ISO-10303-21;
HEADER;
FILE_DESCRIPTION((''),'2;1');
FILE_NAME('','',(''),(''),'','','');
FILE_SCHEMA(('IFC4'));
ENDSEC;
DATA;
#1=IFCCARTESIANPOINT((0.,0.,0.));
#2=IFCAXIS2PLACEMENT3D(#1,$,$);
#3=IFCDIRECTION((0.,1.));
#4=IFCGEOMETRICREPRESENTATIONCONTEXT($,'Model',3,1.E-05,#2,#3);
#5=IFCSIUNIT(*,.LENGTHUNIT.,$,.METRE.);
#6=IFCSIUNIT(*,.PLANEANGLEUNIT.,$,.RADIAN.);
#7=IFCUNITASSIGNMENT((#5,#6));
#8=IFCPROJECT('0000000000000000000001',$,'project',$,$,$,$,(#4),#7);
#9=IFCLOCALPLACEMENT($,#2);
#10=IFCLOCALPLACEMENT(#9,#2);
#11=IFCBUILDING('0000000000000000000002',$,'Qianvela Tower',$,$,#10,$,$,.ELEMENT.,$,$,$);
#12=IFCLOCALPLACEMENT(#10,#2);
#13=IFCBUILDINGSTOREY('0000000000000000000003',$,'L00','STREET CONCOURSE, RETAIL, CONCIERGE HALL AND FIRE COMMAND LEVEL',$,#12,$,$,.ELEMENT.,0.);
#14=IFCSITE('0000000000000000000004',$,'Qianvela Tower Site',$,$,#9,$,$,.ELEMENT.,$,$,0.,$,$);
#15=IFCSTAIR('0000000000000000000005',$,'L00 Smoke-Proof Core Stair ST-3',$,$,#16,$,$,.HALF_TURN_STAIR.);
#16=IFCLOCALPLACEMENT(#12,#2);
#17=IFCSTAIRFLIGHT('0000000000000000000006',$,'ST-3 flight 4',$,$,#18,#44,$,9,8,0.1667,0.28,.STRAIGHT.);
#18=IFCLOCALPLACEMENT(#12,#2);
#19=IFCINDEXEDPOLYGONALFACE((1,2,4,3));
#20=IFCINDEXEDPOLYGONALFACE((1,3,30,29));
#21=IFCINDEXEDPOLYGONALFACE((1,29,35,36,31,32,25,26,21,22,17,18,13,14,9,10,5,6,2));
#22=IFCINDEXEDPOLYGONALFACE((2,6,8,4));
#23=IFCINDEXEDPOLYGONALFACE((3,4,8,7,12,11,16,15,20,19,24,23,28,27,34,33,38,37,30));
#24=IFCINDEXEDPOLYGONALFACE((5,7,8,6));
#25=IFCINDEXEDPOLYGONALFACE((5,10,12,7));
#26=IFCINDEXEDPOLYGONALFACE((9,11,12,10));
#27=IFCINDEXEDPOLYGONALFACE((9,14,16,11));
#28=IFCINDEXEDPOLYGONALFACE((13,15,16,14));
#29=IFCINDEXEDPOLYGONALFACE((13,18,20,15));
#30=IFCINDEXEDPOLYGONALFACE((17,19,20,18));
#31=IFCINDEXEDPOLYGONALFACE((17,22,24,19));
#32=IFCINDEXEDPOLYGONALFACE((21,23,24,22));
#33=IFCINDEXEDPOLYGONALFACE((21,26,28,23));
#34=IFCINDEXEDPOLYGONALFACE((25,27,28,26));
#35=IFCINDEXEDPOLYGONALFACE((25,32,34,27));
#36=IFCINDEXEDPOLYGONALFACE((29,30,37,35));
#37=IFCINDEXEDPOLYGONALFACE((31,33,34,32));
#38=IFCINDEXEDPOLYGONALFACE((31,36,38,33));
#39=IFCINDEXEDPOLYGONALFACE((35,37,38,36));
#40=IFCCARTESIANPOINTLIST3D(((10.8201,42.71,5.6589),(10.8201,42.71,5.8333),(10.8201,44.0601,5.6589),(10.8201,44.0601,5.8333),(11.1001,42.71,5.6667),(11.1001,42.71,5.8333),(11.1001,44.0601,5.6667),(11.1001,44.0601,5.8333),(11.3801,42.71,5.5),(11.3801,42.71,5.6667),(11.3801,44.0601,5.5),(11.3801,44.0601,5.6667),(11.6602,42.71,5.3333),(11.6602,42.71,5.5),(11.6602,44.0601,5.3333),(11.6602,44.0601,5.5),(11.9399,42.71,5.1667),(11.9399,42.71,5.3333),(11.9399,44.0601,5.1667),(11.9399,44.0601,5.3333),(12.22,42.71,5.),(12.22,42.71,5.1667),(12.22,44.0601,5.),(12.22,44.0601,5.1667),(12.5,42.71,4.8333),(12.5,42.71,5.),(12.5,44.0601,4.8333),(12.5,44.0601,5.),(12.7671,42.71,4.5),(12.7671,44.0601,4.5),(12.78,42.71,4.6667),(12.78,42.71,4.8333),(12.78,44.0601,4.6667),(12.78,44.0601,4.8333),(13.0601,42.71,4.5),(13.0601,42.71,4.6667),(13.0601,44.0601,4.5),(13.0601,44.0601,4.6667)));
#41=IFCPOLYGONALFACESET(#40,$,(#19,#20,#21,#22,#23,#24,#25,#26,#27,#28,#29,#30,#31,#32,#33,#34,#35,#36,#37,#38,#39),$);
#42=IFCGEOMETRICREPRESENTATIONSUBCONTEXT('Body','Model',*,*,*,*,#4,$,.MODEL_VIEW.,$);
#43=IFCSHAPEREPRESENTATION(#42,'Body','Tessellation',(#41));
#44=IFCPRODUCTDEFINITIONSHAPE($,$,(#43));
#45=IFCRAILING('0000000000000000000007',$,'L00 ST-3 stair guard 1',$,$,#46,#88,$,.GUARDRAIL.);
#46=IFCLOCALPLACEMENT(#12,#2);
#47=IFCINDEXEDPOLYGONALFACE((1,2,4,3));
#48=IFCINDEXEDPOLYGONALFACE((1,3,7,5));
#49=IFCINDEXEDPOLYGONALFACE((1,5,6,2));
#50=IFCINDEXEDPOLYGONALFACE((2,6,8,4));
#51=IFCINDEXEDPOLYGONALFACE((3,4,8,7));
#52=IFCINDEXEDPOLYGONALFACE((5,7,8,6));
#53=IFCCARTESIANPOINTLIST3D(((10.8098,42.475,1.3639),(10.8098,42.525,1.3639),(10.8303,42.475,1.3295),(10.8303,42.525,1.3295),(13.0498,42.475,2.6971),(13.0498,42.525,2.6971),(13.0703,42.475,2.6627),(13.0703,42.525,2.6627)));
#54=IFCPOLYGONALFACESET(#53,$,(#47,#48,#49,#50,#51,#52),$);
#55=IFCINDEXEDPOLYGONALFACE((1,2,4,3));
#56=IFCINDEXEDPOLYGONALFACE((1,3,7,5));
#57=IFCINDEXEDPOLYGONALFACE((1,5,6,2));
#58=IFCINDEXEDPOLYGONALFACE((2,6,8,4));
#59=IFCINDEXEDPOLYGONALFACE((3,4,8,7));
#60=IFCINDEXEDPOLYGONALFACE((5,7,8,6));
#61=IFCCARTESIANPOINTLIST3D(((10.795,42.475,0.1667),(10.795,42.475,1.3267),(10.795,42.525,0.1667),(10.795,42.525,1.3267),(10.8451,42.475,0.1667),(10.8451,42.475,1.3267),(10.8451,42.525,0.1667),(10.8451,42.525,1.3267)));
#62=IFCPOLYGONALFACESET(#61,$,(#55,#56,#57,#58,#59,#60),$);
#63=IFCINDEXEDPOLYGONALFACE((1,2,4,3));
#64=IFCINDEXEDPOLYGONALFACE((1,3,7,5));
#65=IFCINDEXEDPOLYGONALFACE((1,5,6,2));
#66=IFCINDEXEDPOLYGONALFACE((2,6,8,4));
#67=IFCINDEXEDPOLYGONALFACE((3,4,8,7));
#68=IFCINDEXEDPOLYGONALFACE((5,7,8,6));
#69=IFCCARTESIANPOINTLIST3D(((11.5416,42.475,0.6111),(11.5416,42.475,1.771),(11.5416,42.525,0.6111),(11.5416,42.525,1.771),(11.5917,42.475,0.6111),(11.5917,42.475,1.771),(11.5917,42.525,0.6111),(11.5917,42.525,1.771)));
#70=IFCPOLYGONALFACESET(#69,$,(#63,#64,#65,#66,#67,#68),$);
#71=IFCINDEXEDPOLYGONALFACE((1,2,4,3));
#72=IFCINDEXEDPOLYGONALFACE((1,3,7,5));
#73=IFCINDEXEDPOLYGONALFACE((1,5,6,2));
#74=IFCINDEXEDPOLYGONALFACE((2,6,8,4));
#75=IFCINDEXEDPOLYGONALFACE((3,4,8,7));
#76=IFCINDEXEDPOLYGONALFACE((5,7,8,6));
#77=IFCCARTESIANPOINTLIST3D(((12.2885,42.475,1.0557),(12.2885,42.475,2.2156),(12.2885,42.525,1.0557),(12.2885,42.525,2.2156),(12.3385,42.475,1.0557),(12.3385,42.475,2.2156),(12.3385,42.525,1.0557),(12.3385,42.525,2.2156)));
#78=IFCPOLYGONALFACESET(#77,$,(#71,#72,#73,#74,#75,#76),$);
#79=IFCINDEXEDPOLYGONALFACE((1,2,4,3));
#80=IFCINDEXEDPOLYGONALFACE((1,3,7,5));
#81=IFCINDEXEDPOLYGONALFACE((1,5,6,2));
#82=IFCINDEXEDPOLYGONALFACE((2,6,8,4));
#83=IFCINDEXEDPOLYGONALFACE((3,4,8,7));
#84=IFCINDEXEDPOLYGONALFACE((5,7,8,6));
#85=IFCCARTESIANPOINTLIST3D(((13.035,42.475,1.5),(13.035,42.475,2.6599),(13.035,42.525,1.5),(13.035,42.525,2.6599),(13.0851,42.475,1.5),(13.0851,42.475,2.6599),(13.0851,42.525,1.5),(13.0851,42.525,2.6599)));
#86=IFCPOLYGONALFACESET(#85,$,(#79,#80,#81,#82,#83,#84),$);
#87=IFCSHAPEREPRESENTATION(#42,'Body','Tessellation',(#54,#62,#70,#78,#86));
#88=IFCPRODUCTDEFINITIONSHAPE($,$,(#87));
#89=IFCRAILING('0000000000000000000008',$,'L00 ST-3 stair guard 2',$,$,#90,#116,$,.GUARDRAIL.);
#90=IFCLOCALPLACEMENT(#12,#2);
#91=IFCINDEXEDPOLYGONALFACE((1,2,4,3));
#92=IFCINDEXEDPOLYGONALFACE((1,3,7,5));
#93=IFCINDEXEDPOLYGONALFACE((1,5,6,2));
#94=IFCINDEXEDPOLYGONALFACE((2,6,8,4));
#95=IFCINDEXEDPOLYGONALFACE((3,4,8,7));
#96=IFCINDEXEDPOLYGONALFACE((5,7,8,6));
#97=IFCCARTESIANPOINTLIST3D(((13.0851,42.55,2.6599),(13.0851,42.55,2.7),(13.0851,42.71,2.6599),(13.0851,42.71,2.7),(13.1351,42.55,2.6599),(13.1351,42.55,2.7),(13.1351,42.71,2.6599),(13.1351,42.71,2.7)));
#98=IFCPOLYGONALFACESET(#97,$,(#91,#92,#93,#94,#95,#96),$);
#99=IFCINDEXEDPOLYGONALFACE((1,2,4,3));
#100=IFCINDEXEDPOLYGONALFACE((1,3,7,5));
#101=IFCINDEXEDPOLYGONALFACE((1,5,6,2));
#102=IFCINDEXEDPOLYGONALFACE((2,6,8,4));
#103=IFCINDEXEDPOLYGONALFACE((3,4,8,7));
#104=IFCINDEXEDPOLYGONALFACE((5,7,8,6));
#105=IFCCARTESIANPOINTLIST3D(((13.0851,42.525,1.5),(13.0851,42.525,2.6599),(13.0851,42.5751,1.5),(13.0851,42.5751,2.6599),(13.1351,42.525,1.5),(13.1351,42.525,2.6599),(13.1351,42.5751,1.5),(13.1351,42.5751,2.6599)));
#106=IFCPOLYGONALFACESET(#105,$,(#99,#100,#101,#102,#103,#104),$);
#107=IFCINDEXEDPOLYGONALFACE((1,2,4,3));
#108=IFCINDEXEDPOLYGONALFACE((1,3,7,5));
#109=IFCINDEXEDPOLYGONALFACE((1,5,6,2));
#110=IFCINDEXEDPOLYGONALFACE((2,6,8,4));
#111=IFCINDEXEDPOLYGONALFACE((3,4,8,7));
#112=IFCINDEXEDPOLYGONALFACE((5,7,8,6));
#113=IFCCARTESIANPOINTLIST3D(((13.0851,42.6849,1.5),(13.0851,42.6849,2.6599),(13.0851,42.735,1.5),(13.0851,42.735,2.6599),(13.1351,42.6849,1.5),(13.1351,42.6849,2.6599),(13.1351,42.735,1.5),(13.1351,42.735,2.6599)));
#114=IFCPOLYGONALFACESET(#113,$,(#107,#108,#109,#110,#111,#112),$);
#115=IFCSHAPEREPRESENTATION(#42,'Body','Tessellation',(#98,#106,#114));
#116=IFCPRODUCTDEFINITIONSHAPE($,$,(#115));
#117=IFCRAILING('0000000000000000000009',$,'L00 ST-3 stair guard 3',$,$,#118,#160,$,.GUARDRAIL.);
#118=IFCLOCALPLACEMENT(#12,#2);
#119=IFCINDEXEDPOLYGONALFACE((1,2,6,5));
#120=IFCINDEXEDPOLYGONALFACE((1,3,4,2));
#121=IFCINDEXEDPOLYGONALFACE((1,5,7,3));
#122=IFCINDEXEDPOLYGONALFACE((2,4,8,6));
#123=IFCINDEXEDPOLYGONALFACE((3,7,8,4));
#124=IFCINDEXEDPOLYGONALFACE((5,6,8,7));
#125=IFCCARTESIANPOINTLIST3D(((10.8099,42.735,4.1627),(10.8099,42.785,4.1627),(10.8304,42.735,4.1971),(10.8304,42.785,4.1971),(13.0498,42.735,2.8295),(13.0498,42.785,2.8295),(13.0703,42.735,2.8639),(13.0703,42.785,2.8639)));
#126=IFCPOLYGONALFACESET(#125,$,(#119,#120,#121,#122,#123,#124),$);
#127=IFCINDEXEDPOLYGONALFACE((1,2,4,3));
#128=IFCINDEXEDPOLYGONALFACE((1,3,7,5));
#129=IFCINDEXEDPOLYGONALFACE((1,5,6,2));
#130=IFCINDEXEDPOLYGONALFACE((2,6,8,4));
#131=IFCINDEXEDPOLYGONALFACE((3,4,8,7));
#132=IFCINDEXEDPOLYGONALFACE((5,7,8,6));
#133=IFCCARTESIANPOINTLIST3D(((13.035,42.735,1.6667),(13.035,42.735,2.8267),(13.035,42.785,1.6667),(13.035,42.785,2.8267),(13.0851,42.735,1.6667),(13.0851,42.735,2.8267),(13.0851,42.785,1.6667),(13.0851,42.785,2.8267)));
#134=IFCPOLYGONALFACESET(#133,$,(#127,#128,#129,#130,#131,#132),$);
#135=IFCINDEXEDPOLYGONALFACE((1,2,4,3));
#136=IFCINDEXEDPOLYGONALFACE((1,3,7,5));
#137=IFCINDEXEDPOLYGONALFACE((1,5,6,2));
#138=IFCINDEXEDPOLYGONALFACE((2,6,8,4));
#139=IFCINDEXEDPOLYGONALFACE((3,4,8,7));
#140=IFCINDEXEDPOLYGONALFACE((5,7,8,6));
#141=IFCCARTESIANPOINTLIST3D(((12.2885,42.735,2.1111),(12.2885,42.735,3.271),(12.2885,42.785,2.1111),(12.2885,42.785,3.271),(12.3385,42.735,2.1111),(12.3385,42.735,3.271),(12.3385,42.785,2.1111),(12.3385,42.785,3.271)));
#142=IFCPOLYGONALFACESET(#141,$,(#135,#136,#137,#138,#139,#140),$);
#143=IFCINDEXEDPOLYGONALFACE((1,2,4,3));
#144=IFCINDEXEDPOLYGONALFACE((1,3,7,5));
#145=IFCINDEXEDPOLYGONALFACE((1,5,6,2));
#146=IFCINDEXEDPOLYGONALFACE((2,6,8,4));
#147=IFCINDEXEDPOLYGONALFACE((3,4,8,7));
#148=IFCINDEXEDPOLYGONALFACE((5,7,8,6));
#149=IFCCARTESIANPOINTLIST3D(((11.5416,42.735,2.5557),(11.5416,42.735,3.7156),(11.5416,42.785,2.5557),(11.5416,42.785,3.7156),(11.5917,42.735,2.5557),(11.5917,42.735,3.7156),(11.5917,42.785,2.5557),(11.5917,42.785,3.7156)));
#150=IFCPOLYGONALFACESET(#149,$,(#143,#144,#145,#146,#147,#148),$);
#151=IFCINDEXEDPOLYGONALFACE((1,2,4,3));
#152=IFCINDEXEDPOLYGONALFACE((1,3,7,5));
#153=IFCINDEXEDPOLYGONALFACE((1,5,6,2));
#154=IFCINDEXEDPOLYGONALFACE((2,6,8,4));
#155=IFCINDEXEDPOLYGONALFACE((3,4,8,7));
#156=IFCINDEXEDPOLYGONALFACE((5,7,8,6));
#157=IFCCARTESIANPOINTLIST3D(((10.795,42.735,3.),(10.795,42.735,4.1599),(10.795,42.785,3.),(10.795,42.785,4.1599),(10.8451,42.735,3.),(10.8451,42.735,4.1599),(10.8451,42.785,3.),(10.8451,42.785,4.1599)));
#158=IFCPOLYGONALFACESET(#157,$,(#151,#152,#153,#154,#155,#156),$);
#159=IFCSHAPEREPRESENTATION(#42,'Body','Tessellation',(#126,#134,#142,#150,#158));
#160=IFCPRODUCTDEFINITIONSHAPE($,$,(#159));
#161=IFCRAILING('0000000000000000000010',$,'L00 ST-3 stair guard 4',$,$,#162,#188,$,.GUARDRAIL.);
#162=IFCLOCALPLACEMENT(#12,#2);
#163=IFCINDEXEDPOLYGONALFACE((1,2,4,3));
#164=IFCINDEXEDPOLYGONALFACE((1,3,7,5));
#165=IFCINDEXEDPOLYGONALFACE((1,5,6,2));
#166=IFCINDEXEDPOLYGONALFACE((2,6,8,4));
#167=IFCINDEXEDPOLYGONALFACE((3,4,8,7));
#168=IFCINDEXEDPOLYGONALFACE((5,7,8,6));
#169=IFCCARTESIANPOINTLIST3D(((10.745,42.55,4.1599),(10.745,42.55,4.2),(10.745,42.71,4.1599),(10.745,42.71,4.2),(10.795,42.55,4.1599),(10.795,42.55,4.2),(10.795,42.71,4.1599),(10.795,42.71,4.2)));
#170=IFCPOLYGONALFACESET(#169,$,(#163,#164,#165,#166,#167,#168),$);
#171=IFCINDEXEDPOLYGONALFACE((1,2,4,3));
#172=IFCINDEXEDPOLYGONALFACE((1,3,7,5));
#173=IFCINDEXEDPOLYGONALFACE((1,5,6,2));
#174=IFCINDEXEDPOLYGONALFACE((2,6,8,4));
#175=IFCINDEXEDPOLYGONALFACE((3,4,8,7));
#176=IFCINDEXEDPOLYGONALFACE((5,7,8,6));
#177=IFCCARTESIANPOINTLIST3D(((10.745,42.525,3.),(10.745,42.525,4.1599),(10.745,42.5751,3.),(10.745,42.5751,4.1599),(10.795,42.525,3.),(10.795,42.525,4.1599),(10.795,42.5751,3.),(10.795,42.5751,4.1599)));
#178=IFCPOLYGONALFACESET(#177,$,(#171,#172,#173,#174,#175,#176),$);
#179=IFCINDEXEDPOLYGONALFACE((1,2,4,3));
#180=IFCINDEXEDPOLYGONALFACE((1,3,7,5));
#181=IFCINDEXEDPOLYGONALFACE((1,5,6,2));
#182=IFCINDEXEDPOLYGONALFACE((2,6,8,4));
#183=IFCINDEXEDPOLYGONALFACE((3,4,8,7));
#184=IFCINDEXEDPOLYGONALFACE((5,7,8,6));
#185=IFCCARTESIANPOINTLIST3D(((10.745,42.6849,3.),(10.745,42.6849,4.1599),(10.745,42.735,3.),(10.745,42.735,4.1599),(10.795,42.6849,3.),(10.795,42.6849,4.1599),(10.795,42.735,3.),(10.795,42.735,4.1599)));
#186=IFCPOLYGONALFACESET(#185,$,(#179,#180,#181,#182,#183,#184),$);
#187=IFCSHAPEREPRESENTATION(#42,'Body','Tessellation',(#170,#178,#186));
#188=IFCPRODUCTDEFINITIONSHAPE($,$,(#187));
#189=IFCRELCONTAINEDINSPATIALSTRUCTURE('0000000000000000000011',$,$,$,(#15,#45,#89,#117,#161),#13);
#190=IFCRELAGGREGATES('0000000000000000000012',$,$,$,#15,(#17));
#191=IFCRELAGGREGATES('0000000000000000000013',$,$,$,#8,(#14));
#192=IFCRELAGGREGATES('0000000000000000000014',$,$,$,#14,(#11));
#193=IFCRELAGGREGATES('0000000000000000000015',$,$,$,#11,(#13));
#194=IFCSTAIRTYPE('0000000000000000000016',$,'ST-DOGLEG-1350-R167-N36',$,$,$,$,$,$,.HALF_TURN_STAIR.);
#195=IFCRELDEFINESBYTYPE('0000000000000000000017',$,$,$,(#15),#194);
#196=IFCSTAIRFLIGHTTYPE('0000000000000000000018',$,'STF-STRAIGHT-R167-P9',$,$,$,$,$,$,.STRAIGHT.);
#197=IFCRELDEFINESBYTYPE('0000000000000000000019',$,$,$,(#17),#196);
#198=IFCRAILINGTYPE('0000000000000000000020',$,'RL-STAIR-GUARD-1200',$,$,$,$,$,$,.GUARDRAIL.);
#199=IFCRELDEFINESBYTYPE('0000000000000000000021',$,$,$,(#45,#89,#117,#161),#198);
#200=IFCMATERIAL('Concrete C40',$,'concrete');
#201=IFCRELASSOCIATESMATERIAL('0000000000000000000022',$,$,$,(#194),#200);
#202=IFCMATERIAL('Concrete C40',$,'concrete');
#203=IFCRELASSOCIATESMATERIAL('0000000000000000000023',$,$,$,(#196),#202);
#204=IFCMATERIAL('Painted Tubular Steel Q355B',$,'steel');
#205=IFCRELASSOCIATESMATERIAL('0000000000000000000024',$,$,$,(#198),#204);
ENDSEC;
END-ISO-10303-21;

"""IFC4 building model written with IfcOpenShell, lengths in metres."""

from ifc_helpers import new_model, si_unit, direction, frame, origin, origin_2d, place, context, subcontext, project, spatial, polyline, rectangle, outline, extrude, material, type_object, element, aggregate, save


model = new_model("IFC4")

# Units and contexts
model_context = context("Model", 3, precision=1e-05, world=origin(), true_north=direction((0.0, 1.0)))
body_context = subcontext(model_context, "Body", "Model", "MODEL_VIEW")
ifc_project = project(units=[si_unit("LENGTHUNIT", "METRE"), si_unit("PLANEANGLEUNIT", "RADIAN")], contexts=[model_context])

# Site, building, storey
site_placement = place(None, origin())
site = spatial("IfcSite", under=ifc_project, at=site_placement, Name="Qianvela Tower Site", CompositionType="ELEMENT", RefElevation=0.0)
building_placement = place(site_placement, origin())
building = spatial("IfcBuilding", under=site, at=building_placement, Name="Qianvela Tower", CompositionType="ELEMENT")
storey_placement = place(building_placement, origin())
storey = spatial("IfcBuildingStorey", under=building, at=storey_placement, Name="L00", Description="STREET CONCOURSE, RETAIL, CONCIERGE HALL AND FIRE COMMAND LEVEL", CompositionType="ELEMENT", Elevation=0.0)

# Stair, stair flight
ifc_material_1 = material(Name="Concrete C40", Category="concrete")
stair_type = type_object("IfcStairType", Name="ST-DOGLEG-1350-R167-N36", PredefinedType="HALF_TURN_STAIR", material=ifc_material_1)
stair_placement = place(storey_placement, origin())
stair = element("IfcStair", 1, at=stair_placement, inside=storey, type_object=stair_type, Name="L00 Smoke-Proof Core Stair ST-3", PredefinedType="HALF_TURN_STAIR")
ifc_material_2 = material(Name="Concrete C40", Category="concrete")
stair_flight_type = type_object("IfcStairFlightType", Name="STF-STRAIGHT-R167-P9", PredefinedType="STRAIGHT", material=ifc_material_2)
stair_flight_1_placement = place(storey_placement, frame((13.0601, 43.385, 4.5), z_axis=(0.0, 0.0, 1.0), x_axis=(-1.0, 0.0, 0.0)))
stair_flight_1 = element("IfcStairFlight", 2, at=stair_flight_1_placement, type_object=stair_flight_type, Name="ST-3 flight 4", NumberOfRisers=9, NumberOfTreads=8, PredefinedType="STRAIGHT", RiserHeight=0.1667, TreadLength=0.28, context=body_context, shape_type="SweptSolid", body=[
    extrude(outline(polyline([(0.0, 0.0), (0.0, 0.1667), (0.28, 0.1667), (0.28, 0.3333), (0.5601, 0.3333), (0.5601, 0.5), (0.8401, 0.5), (0.8401, 0.6667), (1.1201, 0.6667), (1.1201, 0.8333), (1.3999, 0.8333), (1.3999, 1.0), (1.6799, 1.0), (1.6799, 1.1667), (1.96, 1.1667), (1.96, 1.3333), (2.24, 1.3333), (2.24, 1.5), (2.24, 1.1589), (0.293, 0.0), (0.0, 0.0)])), frame((0.0, 0.675, 0.0), z_axis=(0.0, -1.0, 0.0), x_axis=(1.0, 0.0, 0.0)), (0.0, 0.0, 1.0), 1.3501),
])
aggregate(stair, [stair_flight_1])

# Railings
ifc_material_3 = material(Name="Painted Tubular Steel Q355B", Category="steel")
railing_type_1 = type_object("IfcRailingType", Name="RL-STAIR-GUARD-1200", PredefinedType="GUARDRAIL", material=ifc_material_3)
railing_1_placement = place(storey_placement, frame((10.8201, 42.5, 0.1667)))
element("IfcRailing", 3, at=railing_1_placement, inside=storey, type_object=railing_type_1, Name="L00 ST-3 stair guard 1", PredefinedType="GUARDRAIL", context=body_context, shape_type="SweptSolid", body=[
    extrude(rectangle(XDim=0.05, YDim=0.04, at=origin_2d()), frame((0.0, 0.0, 1.1799), z_axis=(0.859306, 0.0, 0.511462), x_axis=(0.0, 1.0, 0.0)), (0.0, 0.0, 1.0), 2.6067),
    extrude(rectangle(XDim=0.05, YDim=0.05, at=origin_2d()), origin(), (0.0, 0.0, 1.0), 1.1599),
    extrude(rectangle(XDim=0.05, YDim=0.05, at=origin_2d()), frame((0.7466, 0.0, 0.4443)), (0.0, 0.0, 1.0), 1.1599),
    extrude(rectangle(XDim=0.05, YDim=0.05, at=origin_2d()), frame((1.4934, 0.0, 0.8889)), (0.0, 0.0, 1.0), 1.1599),
    extrude(rectangle(XDim=0.05, YDim=0.05, at=origin_2d()), frame((2.24, 0.0, 1.3333)), (0.0, 0.0, 1.0), 1.1599),
])
railing_2_placement = place(storey_placement, frame((13.1101, 42.55, 1.5)))
element("IfcRailing", 4, at=railing_2_placement, inside=storey, type_object=railing_type_1, Name="L00 ST-3 stair guard 2", PredefinedType="GUARDRAIL", context=body_context, shape_type="SweptSolid", body=[
    extrude(rectangle(XDim=0.05, YDim=0.04, at=origin_2d()), frame((0.0, 0.0, 1.1799), z_axis=(0.0, 1.0, 0.0), x_axis=(-1.0, 0.0, 0.0)), (0.0, 0.0, 1.0), 0.1599),
    extrude(rectangle(XDim=0.05, YDim=0.05, at=origin_2d()), origin(), (0.0, 0.0, 1.0), 1.1599),
    extrude(rectangle(XDim=0.05, YDim=0.05, at=origin_2d()), frame((0.0, 0.1599, 0.0)), (0.0, 0.0, 1.0), 1.1599),
])
railing_3_placement = place(storey_placement, frame((13.0601, 42.76, 1.6667)))
element("IfcRailing", 5, at=railing_3_placement, inside=storey, type_object=railing_type_1, Name="L00 ST-3 stair guard 3", PredefinedType="GUARDRAIL", context=body_context, shape_type="SweptSolid", body=[
    extrude(rectangle(XDim=0.05, YDim=0.04, at=origin_2d()), frame((0.0, 0.0, 1.1799), z_axis=(-0.859306, 0.0, 0.511462), x_axis=(0.0, -1.0, 0.0)), (0.0, 0.0, 1.0), 2.6067),
    extrude(rectangle(XDim=0.05, YDim=0.05, at=origin_2d()), origin(), (0.0, 0.0, 1.0), 1.1599),
    extrude(rectangle(XDim=0.05, YDim=0.05, at=origin_2d()), frame((-0.7466, 0.0, 0.4443)), (0.0, 0.0, 1.0), 1.1599),
    extrude(rectangle(XDim=0.05, YDim=0.05, at=origin_2d()), frame((-1.4934, 0.0, 0.8889)), (0.0, 0.0, 1.0), 1.1599),
    extrude(rectangle(XDim=0.05, YDim=0.05, at=origin_2d()), frame((-2.24, 0.0, 1.3333)), (0.0, 0.0, 1.0), 1.1599),
])
railing_4_placement = place(storey_placement, frame((10.77, 42.55, 3.0)))
element("IfcRailing", 6, at=railing_4_placement, inside=storey, type_object=railing_type_1, Name="L00 ST-3 stair guard 4", PredefinedType="GUARDRAIL", context=body_context, shape_type="SweptSolid", body=[
    extrude(rectangle(XDim=0.05, YDim=0.04, at=origin_2d()), frame((0.0, 0.0, 1.1799), z_axis=(0.0, 1.0, 0.0), x_axis=(-1.0, 0.0, 0.0)), (0.0, 0.0, 1.0), 0.1599),
    extrude(rectangle(XDim=0.05, YDim=0.05, at=origin_2d()), origin(), (0.0, 0.0, 1.0), 1.1599),
    extrude(rectangle(XDim=0.05, YDim=0.05, at=origin_2d()), frame((0.0, 0.1599, 0.0)), (0.0, 0.0, 1.0), 1.1599),
])

save(model, "model.ifc")
